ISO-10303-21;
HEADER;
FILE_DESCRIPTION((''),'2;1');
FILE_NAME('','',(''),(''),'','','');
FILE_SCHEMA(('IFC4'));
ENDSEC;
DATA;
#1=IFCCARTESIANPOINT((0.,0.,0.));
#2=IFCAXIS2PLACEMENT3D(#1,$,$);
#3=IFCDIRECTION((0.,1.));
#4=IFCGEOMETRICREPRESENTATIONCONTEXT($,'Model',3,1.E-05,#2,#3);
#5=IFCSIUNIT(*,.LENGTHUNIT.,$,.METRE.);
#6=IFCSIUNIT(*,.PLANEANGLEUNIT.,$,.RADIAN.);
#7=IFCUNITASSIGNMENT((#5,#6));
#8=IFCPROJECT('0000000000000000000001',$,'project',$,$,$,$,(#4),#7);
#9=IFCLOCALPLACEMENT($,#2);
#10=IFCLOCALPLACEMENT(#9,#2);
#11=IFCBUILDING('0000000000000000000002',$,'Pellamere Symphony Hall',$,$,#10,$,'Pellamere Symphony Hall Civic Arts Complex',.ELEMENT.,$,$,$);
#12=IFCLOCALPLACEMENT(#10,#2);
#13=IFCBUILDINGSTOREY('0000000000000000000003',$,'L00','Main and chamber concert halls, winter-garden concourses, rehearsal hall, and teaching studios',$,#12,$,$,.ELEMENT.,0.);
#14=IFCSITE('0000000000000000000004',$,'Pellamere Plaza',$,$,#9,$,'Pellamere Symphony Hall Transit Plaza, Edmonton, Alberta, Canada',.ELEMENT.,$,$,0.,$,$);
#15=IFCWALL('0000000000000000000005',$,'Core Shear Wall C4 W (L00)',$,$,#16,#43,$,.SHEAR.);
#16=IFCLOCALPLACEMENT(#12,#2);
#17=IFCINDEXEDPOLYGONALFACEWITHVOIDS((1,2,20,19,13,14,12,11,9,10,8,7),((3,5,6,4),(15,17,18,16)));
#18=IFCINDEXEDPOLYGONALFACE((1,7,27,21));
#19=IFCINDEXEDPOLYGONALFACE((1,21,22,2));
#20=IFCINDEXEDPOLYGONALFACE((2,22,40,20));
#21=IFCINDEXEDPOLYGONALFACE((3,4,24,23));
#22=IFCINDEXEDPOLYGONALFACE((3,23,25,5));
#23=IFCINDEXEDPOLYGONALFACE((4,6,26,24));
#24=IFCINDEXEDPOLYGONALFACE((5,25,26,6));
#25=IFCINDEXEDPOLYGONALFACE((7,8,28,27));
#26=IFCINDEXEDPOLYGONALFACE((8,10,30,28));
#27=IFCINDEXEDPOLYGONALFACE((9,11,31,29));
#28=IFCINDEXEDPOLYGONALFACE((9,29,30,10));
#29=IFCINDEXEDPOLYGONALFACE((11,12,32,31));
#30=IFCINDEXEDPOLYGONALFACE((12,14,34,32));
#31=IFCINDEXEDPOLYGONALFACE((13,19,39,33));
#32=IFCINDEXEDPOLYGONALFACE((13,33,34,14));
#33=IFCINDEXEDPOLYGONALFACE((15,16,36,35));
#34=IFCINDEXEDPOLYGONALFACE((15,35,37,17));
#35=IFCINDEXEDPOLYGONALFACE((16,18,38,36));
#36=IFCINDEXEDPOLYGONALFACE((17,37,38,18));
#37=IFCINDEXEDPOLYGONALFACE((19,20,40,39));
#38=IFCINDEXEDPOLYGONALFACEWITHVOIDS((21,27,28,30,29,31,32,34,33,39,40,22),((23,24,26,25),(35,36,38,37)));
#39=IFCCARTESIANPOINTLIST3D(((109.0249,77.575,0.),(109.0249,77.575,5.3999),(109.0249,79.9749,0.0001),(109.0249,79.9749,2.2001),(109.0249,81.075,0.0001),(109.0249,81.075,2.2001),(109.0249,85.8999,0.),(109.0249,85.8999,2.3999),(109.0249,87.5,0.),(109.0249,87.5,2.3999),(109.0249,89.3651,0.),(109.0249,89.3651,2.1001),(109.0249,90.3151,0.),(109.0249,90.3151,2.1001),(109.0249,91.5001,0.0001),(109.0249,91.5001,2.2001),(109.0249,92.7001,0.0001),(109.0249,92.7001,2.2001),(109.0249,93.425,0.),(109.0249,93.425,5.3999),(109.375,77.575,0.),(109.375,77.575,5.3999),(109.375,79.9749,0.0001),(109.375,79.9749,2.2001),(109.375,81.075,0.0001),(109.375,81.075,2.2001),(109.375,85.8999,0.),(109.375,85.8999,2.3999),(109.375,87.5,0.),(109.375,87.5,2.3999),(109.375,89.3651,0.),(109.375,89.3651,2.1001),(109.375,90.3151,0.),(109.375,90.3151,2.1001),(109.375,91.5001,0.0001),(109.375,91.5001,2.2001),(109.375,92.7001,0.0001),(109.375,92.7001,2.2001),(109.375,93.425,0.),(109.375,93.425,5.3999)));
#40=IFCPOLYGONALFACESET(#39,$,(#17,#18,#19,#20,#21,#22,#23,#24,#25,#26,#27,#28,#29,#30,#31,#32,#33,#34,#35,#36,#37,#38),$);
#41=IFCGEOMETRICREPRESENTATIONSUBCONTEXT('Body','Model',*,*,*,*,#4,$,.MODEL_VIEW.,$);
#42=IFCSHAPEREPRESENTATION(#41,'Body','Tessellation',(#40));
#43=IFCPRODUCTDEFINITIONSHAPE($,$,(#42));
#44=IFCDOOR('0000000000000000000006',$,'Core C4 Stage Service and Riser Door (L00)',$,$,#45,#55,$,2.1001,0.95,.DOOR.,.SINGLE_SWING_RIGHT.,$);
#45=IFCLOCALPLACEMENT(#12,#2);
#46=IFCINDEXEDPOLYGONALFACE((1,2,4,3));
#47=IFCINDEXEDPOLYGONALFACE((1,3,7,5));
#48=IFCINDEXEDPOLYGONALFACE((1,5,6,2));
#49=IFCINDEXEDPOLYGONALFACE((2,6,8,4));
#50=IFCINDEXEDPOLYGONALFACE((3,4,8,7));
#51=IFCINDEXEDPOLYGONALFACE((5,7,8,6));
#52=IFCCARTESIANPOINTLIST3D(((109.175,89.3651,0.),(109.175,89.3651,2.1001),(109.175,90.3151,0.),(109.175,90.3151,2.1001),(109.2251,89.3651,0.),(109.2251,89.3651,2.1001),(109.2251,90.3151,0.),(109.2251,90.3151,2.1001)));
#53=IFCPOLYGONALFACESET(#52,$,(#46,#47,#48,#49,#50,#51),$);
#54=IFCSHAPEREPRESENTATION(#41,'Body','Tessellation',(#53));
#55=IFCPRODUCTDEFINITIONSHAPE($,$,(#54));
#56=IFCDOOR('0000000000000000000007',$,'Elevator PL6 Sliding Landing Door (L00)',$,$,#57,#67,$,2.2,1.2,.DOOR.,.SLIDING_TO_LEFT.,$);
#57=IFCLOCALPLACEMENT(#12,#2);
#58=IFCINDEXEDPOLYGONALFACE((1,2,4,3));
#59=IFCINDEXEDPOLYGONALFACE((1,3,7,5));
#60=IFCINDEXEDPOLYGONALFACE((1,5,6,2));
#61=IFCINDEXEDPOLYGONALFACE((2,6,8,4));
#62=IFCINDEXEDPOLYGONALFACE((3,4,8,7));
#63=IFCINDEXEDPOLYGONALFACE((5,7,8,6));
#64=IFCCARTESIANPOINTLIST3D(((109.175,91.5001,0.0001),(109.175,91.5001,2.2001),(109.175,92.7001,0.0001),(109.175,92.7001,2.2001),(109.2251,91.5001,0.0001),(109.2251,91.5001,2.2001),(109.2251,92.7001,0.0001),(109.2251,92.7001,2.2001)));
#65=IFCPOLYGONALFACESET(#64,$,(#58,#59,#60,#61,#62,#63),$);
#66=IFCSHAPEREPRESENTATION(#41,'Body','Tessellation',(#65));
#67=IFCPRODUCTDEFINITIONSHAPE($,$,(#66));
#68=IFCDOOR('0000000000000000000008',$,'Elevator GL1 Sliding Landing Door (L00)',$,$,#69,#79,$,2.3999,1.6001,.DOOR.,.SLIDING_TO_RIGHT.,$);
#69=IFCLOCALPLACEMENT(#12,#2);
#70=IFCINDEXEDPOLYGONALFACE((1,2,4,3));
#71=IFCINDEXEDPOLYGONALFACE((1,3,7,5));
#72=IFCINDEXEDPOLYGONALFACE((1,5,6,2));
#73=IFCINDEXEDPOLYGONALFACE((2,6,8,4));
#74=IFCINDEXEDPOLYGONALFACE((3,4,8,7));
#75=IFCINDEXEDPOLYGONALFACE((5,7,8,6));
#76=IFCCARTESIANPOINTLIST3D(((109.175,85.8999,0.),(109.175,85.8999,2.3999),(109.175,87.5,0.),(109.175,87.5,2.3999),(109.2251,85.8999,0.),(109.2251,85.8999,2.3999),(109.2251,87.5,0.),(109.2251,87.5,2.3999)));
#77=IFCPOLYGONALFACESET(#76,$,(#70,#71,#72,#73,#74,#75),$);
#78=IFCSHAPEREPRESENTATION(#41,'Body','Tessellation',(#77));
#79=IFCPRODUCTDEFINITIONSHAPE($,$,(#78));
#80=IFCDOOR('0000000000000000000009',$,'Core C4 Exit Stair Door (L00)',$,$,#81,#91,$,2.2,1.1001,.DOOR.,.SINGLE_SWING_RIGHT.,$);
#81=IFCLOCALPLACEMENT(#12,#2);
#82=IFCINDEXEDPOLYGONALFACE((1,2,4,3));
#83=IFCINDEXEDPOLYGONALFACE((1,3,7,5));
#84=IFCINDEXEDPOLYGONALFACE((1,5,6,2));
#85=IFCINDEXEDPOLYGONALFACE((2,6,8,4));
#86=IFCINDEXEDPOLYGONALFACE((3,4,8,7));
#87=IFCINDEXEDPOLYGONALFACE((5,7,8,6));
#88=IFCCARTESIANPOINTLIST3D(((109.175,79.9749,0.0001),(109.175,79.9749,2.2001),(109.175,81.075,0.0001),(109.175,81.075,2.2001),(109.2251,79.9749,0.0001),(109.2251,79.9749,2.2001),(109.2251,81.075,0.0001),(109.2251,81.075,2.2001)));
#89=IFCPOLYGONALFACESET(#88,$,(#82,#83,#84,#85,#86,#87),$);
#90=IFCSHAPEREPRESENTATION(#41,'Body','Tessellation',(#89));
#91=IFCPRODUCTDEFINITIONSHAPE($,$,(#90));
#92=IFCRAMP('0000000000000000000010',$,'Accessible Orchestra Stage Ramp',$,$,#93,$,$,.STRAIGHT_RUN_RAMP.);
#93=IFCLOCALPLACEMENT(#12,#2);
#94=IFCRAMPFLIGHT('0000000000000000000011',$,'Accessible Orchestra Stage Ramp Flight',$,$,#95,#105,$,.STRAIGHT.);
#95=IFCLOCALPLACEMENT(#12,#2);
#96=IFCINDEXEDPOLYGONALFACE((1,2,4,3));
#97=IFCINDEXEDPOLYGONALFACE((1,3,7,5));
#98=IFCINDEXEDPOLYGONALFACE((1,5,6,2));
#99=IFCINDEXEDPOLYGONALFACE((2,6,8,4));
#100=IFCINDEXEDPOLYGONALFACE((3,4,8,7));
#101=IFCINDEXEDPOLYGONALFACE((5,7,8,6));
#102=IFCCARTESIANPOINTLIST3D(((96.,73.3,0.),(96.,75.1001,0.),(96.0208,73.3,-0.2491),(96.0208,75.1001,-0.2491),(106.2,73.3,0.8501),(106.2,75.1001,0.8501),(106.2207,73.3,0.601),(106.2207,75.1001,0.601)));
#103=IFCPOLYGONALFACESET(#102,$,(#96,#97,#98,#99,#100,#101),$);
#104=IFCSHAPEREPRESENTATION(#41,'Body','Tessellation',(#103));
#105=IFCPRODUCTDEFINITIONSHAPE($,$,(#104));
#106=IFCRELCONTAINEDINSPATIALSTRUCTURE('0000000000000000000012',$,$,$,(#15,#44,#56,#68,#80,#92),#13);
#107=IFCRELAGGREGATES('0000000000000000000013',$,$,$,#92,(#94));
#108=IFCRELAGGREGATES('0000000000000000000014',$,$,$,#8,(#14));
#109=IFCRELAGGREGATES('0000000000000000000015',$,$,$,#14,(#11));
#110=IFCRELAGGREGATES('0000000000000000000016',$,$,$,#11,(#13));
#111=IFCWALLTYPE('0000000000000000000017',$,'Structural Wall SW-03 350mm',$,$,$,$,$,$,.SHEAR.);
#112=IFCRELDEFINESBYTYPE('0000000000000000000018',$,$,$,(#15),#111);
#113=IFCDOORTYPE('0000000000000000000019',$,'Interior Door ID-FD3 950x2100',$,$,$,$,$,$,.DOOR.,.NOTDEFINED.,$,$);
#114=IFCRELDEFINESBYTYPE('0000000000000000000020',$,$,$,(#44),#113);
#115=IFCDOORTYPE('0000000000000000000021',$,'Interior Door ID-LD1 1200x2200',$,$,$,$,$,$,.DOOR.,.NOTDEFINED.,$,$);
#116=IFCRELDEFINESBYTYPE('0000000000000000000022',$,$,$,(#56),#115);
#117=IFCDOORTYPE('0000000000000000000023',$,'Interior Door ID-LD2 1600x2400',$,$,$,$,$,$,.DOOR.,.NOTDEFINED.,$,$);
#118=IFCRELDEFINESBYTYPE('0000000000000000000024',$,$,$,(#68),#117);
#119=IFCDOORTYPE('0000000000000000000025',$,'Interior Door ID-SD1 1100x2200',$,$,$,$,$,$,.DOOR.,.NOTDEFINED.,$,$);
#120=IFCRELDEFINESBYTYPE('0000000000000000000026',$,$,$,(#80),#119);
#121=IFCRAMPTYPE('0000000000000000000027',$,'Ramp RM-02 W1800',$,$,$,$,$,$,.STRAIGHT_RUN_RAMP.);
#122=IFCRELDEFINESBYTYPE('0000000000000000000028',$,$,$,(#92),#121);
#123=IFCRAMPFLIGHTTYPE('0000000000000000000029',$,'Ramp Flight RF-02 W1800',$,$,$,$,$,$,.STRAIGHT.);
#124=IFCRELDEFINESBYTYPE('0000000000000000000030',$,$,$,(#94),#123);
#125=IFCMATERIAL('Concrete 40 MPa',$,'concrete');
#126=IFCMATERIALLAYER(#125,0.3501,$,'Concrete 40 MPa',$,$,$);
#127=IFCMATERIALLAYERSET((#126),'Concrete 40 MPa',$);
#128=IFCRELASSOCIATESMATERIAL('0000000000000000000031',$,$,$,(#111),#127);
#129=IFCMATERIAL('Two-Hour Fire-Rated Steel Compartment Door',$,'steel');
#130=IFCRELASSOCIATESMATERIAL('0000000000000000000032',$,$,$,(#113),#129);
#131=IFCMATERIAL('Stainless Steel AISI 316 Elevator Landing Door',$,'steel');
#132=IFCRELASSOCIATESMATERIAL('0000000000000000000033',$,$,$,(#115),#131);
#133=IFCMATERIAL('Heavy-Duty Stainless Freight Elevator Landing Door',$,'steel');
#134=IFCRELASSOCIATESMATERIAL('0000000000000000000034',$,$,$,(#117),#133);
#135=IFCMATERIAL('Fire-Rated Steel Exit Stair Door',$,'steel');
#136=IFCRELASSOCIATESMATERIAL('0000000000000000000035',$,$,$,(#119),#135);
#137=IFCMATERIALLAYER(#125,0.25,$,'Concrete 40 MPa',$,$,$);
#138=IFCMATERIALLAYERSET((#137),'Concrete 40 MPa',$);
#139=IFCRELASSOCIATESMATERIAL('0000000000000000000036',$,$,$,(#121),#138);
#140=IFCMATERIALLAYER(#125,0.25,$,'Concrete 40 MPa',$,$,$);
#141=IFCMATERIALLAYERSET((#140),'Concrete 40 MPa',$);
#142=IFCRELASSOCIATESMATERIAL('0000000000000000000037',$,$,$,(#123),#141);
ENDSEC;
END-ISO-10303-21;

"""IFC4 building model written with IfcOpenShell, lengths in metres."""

from ifc_helpers import new_model, si_unit, direction, frame, frame_2d, origin, place, context, subcontext, project, spatial, polyline, rectangle, outline, extrude, material, layer, layer_set, type_object, element, fill, aggregate, save


model = new_model("IFC4")

# Units and contexts
model_context = context("Model", 3, precision=1e-05, world=origin(), true_north=direction((0.0, 1.0)))
body_context = subcontext(model_context, "Body", "Model", "MODEL_VIEW")
ifc_project = project(units=[si_unit("LENGTHUNIT", "METRE"), si_unit("PLANEANGLEUNIT", "RADIAN")], contexts=[model_context])

# Site, building, storey
site_placement = place(None, origin())
site = spatial("IfcSite", under=ifc_project, at=site_placement, Name="Pellamere Plaza", LongName="Pellamere Symphony Hall Transit Plaza, Edmonton, Alberta, Canada", CompositionType="ELEMENT", RefElevation=0.0)
building_placement = place(site_placement, origin())
building = spatial("IfcBuilding", under=site, at=building_placement, Name="Pellamere Symphony Hall", LongName="Pellamere Symphony Hall Civic Arts Complex", CompositionType="ELEMENT")
storey_placement = place(building_placement, origin())
storey = spatial("IfcBuildingStorey", under=building, at=storey_placement, Name="L00", Description="Main and chamber concert halls, winter-garden concourses, rehearsal hall, and teaching studios", CompositionType="ELEMENT", Elevation=0.0)

# Shared definitions
ifc_material_1 = material(Name="Concrete 40 MPa", Category="concrete")

# Shared definitions
ifc_layer_1 = layer(ifc_material_1, 0.3501, Name="Concrete 40 MPa")
ifc_layer_set_1 = layer_set([ifc_layer_1], Name="Concrete 40 MPa")
wall_type = type_object("IfcWallType", Name="Structural Wall SW-03 350mm", PredefinedType="SHEAR", material=ifc_layer_set_1)

# Wall, openings, doors
wall_1_placement = place(storey_placement, frame((109.2, 77.575, 0.0), z_axis=(0.0, 0.0, 1.0), x_axis=(0.0, 1.0, 0.0)))
wall_1 = element("IfcWall", 1, at=wall_1_placement, inside=storey, type_object=wall_type, Name="Core Shear Wall C4 W (L00)", PredefinedType="SHEAR", context=body_context, shape_type="SweptSolid", body=[
    extrude(rectangle(XDim=15.8501, YDim=0.3501, at=frame_2d((7.925, 0.0))), origin(), (0.0, 0.0, 1.0), 5.3999),
])
opening_1_placement = place(wall_1_placement, frame((8.325, 0.0, 0.0)))
opening_1 = element("IfcOpeningElement", 2, at=opening_1_placement, cuts=wall_1, PredefinedType="OPENING", context=body_context, shape_type="SweptSolid", body=[
    extrude(rectangle(XDim=1.6001, YDim=2.3999, at=frame_2d((0.8, 1.2))), frame((0.0, 0.1851, 0.0), z_axis=(0.0, -1.0, 0.0), x_axis=(1.0, 0.0, 0.0)), (0.0, 0.0, 1.0), 0.3701),
])
opening_2_placement = place(wall_1_placement, frame((13.925, 0.0, 0.0)))
opening_2 = element("IfcOpeningElement", 3, at=opening_2_placement, cuts=wall_1, PredefinedType="OPENING", context=body_context, shape_type="SweptSolid", body=[
    extrude(rectangle(XDim=1.2, YDim=2.2, at=frame_2d((0.6001, 1.1001))), frame((0.0, 0.1851, 0.0), z_axis=(0.0, -1.0, 0.0), x_axis=(1.0, 0.0, 0.0)), (0.0, 0.0, 1.0), 0.3701),
])
opening_3_placement = place(wall_1_placement, frame((11.79, 0.0, 0.0)))
opening_3 = element("IfcOpeningElement", 4, at=opening_3_placement, cuts=wall_1, PredefinedType="OPENING", context=body_context, shape_type="SweptSolid", body=[
    extrude(rectangle(XDim=0.95, YDim=2.1001, at=frame_2d((0.4751, 1.05))), frame((0.0, 0.1851, 0.0), z_axis=(0.0, -1.0, 0.0), x_axis=(1.0, 0.0, 0.0)), (0.0, 0.0, 1.0), 0.3701),
])
opening_4_placement = place(wall_1_placement, frame((2.3999, 0.0, 0.0)))
opening_4 = element("IfcOpeningElement", 5, at=opening_4_placement, cuts=wall_1, PredefinedType="OPENING", context=body_context, shape_type="SweptSolid", body=[
    extrude(rectangle(XDim=1.1001, YDim=2.2, at=frame_2d((0.55, 1.1001))), frame((0.0, 0.1851, 0.0), z_axis=(0.0, -1.0, 0.0), x_axis=(1.0, 0.0, 0.0)), (0.0, 0.0, 1.0), 0.3701),
])
ifc_material_2 = material(Name="Two-Hour Fire-Rated Steel Compartment Door", Category="steel")
door_type_1 = type_object("IfcDoorType", Name="Interior Door ID-FD3 950x2100", OperationType="NOTDEFINED", PredefinedType="DOOR", material=ifc_material_2)
door_1_placement = place(opening_3_placement, origin())
door_1 = element("IfcDoor", 6, at=door_1_placement, inside=storey, type_object=door_type_1, Name="Core C4 Stage Service and Riser Door (L00)", OperationType="SINGLE_SWING_RIGHT", OverallHeight=2.1001, OverallWidth=0.95, PredefinedType="DOOR", context=body_context, shape_type="SweptSolid", body=[
    extrude(rectangle(XDim=0.95, YDim=2.1001, at=frame_2d((0.4751, 1.05))), frame((0.0, 0.0249, 0.0), z_axis=(0.0, -1.0, 0.0), x_axis=(1.0, 0.0, 0.0)), (0.0, 0.0, 1.0), 0.05),
])
fill(opening_3, door_1)
ifc_material_3 = material(Name="Stainless Steel AISI 316 Elevator Landing Door", Category="steel")
door_type_2 = type_object("IfcDoorType", Name="Interior Door ID-LD1 1200x2200", OperationType="NOTDEFINED", PredefinedType="DOOR", material=ifc_material_3)
door_2_placement = place(opening_2_placement, origin())
door_2 = element("IfcDoor", 7, at=door_2_placement, inside=storey, type_object=door_type_2, Name="Elevator PL6 Sliding Landing Door (L00)", OperationType="SLIDING_TO_LEFT", OverallHeight=2.2, OverallWidth=1.2, PredefinedType="DOOR", context=body_context, shape_type="SweptSolid", body=[
    extrude(rectangle(XDim=1.2, YDim=2.2, at=frame_2d((0.6001, 1.1001))), frame((0.0, 0.0249, 0.0), z_axis=(0.0, -1.0, 0.0), x_axis=(1.0, 0.0, 0.0)), (0.0, 0.0, 1.0), 0.05),
])
fill(opening_2, door_2)
ifc_material_4 = material(Name="Heavy-Duty Stainless Freight Elevator Landing Door", Category="steel")
door_type_3 = type_object("IfcDoorType", Name="Interior Door ID-LD2 1600x2400", OperationType="NOTDEFINED", PredefinedType="DOOR", material=ifc_material_4)
door_3_placement = place(opening_1_placement, origin())
door_3 = element("IfcDoor", 8, at=door_3_placement, inside=storey, type_object=door_type_3, Name="Elevator GL1 Sliding Landing Door (L00)", OperationType="SLIDING_TO_RIGHT", OverallHeight=2.3999, OverallWidth=1.6001, PredefinedType="DOOR", context=body_context, shape_type="SweptSolid", body=[
    extrude(rectangle(XDim=1.6001, YDim=2.3999, at=frame_2d((0.8, 1.2))), frame((0.0, 0.0249, 0.0), z_axis=(0.0, -1.0, 0.0), x_axis=(1.0, 0.0, 0.0)), (0.0, 0.0, 1.0), 0.05),
])
fill(opening_1, door_3)
ifc_material_5 = material(Name="Fire-Rated Steel Exit Stair Door", Category="steel")
door_type_4 = type_object("IfcDoorType", Name="Interior Door ID-SD1 1100x2200", OperationType="NOTDEFINED", PredefinedType="DOOR", material=ifc_material_5)
door_4_placement = place(opening_4_placement, origin())
door_4 = element("IfcDoor", 9, at=door_4_placement, inside=storey, type_object=door_type_4, Name="Core C4 Exit Stair Door (L00)", OperationType="SINGLE_SWING_RIGHT", OverallHeight=2.2, OverallWidth=1.1001, PredefinedType="DOOR", context=body_context, shape_type="SweptSolid", body=[
    extrude(rectangle(XDim=1.1001, YDim=2.2, at=frame_2d((0.55, 1.1001))), frame((0.0, 0.0249, 0.0), z_axis=(0.0, -1.0, 0.0), x_axis=(1.0, 0.0, 0.0)), (0.0, 0.0, 1.0), 0.05),
])
fill(opening_4, door_4)

# Ramp, ramp flight
ifc_layer_2 = layer(ifc_material_1, 0.25, Name="Concrete 40 MPa")
ifc_layer_set_2 = layer_set([ifc_layer_2], Name="Concrete 40 MPa")
ramp_type = type_object("IfcRampType", Name="Ramp RM-02 W1800", PredefinedType="STRAIGHT_RUN_RAMP", material=ifc_layer_set_2)
ramp_placement = place(storey_placement, origin())
ramp = element("IfcRamp", 10, at=ramp_placement, inside=storey, type_object=ramp_type, Name="Accessible Orchestra Stage Ramp", PredefinedType="STRAIGHT_RUN_RAMP")
ifc_layer_3 = layer(ifc_material_1, 0.25, Name="Concrete 40 MPa")
ifc_layer_set_3 = layer_set([ifc_layer_3], Name="Concrete 40 MPa")
ramp_flight_type = type_object("IfcRampFlightType", Name="Ramp Flight RF-02 W1800", PredefinedType="STRAIGHT", material=ifc_layer_set_3)
ramp_flight_placement = place(storey_placement, frame((96.0, 73.3, 0.0), z_axis=(-0.083055, 0.0, 0.996545), x_axis=(0.996545, 0.0, 0.083055)))
ramp_flight = element("IfcRampFlight", 11, at=ramp_flight_placement, type_object=ramp_flight_type, Name="Accessible Orchestra Stage Ramp Flight", PredefinedType="STRAIGHT", context=body_context, shape_type="SweptSolid", body=[
    extrude(outline(polyline([(0.0, 0.0), (10.2353, 0.0), (10.2353, 1.8), (0.0, 1.8), (0.0, 0.0)])), origin(), (0.0, 0.0, -1.0), 0.25),
])
aggregate(ramp, [ramp_flight])

save(model, "model.ifc")
